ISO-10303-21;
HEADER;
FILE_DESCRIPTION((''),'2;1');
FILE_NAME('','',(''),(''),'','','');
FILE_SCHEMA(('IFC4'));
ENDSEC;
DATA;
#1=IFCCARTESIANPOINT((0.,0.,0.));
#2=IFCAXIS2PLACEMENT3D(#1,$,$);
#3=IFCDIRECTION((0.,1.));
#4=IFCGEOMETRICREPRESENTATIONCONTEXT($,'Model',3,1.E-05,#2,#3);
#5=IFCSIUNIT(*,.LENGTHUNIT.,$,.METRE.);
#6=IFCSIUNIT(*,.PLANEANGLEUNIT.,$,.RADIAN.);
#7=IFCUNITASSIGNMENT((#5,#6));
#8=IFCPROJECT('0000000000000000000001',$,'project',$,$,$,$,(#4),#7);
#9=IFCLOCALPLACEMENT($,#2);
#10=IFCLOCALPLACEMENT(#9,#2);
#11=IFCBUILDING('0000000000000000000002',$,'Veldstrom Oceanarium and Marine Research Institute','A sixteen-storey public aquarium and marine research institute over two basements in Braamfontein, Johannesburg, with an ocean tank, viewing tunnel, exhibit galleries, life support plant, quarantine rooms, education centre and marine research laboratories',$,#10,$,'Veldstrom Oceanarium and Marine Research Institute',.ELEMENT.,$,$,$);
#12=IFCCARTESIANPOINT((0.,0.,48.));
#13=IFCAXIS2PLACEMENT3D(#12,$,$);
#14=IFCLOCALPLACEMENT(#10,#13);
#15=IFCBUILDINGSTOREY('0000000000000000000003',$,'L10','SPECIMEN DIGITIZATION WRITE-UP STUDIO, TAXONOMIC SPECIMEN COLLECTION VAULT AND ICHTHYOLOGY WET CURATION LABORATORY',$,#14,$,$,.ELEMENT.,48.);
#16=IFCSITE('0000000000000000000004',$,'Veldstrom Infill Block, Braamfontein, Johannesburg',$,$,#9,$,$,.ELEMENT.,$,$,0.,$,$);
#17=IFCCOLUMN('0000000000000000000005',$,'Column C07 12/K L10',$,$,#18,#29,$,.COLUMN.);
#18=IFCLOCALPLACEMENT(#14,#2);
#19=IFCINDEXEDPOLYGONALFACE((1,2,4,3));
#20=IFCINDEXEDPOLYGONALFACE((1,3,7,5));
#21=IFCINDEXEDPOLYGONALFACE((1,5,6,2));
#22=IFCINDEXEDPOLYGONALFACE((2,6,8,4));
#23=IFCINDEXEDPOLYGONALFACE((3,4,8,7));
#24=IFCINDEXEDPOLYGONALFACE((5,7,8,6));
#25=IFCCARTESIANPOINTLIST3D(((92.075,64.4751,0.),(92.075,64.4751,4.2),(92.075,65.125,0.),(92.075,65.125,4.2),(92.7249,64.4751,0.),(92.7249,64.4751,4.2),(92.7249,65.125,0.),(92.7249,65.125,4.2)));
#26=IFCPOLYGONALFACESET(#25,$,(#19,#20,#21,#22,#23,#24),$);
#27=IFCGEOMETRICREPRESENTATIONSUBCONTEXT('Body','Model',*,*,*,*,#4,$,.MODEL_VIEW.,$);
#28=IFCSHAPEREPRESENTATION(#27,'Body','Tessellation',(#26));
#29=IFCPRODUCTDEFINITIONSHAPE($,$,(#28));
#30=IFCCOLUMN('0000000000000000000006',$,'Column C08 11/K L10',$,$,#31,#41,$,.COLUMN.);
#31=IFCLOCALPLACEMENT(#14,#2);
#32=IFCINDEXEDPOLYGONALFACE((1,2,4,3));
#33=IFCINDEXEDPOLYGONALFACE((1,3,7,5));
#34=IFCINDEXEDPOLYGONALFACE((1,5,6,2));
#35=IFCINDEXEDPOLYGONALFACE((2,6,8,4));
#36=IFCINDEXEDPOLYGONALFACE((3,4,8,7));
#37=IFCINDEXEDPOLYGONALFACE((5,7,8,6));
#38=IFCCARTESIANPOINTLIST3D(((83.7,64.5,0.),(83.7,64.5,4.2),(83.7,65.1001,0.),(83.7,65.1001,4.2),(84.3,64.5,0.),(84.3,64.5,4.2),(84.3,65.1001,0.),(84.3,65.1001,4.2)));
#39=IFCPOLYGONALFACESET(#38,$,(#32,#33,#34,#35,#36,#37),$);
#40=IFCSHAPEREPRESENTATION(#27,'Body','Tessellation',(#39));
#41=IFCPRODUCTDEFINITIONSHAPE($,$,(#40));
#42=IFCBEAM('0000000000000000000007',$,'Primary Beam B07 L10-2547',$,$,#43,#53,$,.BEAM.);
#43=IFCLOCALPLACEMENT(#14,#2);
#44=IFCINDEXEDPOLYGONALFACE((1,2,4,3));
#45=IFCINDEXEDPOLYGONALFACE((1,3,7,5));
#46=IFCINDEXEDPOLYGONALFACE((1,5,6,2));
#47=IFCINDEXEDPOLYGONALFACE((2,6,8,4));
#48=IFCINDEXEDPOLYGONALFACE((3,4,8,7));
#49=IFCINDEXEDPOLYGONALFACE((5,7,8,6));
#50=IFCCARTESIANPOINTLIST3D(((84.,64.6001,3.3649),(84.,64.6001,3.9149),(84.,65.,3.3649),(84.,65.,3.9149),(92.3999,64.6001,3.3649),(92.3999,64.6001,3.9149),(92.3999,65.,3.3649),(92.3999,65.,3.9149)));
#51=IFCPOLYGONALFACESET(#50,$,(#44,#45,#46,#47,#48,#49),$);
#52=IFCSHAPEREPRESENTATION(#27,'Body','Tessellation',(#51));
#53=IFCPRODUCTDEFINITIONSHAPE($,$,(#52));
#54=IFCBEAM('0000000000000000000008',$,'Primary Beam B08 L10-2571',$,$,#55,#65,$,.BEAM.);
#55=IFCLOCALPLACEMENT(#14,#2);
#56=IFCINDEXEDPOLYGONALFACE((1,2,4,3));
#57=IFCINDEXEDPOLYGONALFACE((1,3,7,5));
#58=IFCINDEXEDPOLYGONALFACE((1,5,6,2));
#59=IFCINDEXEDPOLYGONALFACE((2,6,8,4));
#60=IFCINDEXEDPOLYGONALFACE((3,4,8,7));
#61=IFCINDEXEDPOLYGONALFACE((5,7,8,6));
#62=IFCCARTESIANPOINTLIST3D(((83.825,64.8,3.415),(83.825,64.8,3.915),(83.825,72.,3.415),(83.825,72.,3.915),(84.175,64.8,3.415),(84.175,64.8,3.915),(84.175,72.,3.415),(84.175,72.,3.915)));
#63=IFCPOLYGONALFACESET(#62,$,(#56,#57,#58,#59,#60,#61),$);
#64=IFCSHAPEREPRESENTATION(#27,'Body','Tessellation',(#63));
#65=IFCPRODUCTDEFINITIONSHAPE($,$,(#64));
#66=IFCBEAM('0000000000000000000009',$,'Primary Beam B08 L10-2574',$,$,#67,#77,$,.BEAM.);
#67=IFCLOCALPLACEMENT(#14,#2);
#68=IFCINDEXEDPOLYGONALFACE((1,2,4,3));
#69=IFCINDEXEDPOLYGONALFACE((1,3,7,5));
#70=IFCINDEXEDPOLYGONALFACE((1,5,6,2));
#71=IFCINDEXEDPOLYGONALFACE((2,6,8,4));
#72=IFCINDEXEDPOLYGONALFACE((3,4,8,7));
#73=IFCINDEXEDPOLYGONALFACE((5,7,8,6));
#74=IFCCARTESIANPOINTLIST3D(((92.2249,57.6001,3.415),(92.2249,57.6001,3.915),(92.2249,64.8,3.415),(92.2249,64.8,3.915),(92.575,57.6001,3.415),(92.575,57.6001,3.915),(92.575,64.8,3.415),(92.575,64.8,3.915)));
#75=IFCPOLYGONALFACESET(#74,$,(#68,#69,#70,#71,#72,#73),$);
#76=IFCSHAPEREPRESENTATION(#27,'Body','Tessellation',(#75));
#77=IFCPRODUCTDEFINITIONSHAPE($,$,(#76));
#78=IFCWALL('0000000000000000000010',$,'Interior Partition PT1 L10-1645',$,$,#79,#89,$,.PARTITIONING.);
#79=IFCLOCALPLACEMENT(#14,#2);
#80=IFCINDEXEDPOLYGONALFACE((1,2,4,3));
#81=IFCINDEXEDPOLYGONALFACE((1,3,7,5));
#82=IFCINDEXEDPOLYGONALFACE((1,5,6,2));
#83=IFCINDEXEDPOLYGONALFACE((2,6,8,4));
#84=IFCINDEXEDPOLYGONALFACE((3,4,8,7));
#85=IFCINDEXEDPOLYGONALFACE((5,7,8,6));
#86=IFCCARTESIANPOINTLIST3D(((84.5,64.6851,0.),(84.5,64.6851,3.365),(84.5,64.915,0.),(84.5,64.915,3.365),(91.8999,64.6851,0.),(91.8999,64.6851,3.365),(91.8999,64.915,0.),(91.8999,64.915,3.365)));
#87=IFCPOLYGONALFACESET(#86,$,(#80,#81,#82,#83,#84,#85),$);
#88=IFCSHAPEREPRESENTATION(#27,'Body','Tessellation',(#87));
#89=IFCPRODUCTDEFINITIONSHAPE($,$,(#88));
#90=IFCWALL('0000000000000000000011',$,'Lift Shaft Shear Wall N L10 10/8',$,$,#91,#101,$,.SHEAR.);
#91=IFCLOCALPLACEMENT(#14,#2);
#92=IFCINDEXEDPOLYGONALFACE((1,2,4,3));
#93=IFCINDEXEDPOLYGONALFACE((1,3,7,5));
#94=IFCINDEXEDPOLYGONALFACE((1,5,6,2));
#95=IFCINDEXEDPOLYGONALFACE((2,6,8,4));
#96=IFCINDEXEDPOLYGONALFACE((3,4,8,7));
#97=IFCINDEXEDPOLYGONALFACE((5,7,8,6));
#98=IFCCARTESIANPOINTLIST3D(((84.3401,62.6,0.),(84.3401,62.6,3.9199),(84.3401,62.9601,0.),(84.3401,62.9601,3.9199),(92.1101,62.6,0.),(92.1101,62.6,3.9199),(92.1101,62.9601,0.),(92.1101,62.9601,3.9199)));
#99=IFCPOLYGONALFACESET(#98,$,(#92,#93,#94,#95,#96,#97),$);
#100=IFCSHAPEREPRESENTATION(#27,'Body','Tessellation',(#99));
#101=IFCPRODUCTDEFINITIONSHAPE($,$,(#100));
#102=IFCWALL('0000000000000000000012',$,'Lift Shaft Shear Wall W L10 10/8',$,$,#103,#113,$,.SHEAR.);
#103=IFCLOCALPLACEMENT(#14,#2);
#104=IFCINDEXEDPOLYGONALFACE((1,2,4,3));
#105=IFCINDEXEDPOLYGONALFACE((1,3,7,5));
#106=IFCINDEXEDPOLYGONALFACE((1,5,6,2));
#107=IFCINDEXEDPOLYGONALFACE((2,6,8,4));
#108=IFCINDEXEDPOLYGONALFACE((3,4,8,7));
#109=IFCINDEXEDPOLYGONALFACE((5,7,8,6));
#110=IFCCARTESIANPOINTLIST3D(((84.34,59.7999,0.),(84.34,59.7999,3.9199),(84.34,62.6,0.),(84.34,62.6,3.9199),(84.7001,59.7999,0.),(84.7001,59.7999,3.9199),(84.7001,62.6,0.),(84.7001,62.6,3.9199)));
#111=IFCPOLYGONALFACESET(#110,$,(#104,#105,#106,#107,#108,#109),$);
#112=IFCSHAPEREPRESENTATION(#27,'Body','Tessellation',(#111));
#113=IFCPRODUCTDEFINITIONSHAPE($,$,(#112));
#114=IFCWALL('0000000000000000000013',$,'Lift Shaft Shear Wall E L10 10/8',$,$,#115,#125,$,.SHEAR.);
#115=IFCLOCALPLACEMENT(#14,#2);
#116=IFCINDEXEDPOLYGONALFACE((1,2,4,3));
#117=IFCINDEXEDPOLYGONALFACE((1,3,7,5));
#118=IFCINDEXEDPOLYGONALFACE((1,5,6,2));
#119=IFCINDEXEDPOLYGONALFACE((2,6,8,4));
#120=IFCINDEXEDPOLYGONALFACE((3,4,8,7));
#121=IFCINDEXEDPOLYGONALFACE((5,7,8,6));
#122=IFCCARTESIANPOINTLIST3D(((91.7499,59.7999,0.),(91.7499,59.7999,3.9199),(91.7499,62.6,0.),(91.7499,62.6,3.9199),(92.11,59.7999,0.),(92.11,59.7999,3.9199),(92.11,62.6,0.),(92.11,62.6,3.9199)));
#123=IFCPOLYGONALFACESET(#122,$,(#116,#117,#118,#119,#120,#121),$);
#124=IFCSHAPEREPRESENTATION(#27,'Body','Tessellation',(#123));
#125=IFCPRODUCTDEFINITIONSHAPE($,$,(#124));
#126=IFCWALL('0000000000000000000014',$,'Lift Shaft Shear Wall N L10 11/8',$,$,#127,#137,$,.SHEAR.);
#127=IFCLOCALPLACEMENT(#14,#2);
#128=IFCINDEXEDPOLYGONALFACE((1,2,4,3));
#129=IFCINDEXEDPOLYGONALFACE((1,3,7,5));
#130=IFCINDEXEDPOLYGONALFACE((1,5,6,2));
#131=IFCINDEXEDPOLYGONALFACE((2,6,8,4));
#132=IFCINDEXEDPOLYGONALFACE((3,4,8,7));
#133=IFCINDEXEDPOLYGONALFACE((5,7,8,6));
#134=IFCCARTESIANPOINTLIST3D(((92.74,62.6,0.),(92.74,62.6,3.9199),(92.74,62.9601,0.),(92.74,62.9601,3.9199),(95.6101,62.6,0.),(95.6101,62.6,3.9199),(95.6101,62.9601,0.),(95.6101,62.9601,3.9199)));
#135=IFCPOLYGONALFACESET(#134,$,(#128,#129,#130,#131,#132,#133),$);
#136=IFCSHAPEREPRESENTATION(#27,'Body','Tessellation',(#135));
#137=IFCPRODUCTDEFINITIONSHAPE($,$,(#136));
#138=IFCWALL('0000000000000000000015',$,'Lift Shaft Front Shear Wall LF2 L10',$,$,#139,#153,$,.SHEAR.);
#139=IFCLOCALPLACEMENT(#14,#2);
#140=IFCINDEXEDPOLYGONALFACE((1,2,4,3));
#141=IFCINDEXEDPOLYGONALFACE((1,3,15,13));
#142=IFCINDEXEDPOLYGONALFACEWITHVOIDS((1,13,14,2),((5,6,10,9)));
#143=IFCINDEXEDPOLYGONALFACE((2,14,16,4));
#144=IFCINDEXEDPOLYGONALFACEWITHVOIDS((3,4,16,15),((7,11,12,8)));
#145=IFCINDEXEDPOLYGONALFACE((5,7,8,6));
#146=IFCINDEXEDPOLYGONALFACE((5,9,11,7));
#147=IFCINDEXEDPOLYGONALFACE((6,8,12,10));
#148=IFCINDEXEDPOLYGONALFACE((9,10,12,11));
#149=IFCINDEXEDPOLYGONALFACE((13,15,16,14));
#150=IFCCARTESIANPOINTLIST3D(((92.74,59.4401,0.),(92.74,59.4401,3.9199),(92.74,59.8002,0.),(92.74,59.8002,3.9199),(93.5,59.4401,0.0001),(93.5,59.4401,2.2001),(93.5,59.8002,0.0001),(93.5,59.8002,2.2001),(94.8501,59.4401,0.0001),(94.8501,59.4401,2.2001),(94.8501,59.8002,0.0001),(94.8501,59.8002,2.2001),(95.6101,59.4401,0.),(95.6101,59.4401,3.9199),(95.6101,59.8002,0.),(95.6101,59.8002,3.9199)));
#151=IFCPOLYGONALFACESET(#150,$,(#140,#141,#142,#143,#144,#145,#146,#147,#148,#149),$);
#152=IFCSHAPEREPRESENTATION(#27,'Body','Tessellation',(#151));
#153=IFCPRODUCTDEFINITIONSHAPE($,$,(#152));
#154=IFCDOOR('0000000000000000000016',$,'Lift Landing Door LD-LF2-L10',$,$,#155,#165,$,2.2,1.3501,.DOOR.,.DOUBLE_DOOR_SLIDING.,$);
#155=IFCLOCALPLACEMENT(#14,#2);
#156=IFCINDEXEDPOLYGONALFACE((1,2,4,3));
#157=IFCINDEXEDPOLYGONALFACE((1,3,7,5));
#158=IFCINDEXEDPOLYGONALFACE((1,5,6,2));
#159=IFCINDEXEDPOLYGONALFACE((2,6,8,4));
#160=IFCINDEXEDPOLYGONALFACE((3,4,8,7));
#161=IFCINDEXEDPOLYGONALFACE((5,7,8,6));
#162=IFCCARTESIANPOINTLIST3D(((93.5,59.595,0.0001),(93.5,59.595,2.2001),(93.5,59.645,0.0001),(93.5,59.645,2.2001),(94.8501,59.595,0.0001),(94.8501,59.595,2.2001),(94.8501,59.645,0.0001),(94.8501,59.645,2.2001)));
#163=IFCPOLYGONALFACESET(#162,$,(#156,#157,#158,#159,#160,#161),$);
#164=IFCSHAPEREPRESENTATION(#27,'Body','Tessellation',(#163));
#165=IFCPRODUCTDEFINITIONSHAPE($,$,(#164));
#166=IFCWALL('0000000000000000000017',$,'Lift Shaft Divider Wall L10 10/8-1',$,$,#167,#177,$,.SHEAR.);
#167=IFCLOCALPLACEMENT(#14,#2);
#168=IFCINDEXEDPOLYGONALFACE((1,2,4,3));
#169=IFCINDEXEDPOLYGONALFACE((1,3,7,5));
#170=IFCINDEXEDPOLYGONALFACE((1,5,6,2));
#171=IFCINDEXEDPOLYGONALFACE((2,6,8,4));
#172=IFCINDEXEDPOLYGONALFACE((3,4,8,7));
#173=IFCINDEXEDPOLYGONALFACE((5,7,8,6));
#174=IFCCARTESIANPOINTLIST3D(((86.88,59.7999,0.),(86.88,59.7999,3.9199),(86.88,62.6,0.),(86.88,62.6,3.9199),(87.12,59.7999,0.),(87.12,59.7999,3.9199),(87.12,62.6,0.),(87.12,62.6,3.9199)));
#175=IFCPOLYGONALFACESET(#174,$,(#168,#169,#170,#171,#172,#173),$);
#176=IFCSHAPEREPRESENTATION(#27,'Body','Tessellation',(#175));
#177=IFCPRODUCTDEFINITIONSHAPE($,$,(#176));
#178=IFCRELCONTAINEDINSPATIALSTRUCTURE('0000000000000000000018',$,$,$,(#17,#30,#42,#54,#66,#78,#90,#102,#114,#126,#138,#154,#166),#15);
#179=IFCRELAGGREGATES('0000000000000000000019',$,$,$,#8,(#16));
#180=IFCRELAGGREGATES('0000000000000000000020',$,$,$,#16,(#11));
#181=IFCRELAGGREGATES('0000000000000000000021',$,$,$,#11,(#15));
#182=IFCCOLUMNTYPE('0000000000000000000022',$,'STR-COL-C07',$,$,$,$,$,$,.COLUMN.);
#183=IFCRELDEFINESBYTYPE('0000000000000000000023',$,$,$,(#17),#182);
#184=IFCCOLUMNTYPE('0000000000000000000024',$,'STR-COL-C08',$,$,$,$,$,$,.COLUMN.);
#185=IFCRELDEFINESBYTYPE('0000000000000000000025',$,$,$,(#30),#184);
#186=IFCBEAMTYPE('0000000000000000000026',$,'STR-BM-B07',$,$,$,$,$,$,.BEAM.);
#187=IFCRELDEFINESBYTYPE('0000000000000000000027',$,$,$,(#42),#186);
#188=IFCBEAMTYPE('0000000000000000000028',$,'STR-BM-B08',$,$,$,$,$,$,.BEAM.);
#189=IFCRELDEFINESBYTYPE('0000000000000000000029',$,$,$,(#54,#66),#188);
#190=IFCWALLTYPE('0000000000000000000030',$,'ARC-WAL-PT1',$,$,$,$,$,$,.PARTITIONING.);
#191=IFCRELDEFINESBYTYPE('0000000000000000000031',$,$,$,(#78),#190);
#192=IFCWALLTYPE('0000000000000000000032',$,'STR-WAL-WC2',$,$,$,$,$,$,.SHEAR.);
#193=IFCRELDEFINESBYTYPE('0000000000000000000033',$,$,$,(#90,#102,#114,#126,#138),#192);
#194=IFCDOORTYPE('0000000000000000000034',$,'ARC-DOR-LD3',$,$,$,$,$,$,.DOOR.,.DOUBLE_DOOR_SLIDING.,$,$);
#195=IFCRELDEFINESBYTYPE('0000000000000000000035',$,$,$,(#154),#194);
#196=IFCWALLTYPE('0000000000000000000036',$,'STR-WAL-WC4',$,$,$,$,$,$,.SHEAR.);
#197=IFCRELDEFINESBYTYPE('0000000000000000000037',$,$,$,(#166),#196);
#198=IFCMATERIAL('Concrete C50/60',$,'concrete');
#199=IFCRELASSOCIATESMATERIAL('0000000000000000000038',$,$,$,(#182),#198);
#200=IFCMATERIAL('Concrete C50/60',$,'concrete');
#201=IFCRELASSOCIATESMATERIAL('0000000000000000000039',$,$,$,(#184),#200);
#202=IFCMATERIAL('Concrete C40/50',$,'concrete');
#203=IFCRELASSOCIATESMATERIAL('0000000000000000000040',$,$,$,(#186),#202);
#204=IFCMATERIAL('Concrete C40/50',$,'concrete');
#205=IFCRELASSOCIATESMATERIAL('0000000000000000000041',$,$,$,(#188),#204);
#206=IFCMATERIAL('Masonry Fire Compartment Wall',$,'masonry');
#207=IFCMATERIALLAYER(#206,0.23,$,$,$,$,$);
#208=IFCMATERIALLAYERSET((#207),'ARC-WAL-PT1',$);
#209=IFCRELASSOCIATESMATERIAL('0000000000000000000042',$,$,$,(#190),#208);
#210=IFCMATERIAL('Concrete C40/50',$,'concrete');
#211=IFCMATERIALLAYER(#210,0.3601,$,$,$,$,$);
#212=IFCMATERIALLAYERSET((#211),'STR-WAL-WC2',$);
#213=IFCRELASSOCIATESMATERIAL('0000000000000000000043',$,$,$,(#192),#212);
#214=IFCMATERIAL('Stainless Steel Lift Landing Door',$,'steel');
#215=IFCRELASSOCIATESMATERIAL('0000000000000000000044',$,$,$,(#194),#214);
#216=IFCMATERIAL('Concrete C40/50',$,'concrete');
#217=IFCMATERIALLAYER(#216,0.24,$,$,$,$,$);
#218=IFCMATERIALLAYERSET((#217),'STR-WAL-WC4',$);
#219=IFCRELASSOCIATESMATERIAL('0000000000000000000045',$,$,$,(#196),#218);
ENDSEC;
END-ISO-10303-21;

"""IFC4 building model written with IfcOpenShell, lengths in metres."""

from ifc_helpers import new_model, si_unit, direction, frame, frame_2d, origin, origin_2d, place, context, subcontext, project, spatial, rectangle, extrude, material, layer, layer_set, material_profile, profile_set, type_object, element, fill, save


model = new_model("IFC4")

# Units and contexts
model_context = context("Model", 3, precision=1e-05, world=origin(), true_north=direction((0.0, 1.0)))
body_context = subcontext(model_context, "Body", "Model", "MODEL_VIEW")
ifc_project = project(units=[si_unit("LENGTHUNIT", "METRE"), si_unit("PLANEANGLEUNIT", "RADIAN")], contexts=[model_context])

# Site, building, storey
site_placement = place(None, origin())
site = spatial("IfcSite", under=ifc_project, at=site_placement, Name="Veldstrom Infill Block, Braamfontein, Johannesburg", CompositionType="ELEMENT", RefElevation=0.0)
building_placement = place(site_placement, origin())
building = spatial("IfcBuilding", under=site, at=building_placement, Name="Veldstrom Oceanarium and Marine Research Institute", Description="A sixteen-storey public aquarium and marine research institute over two basements in Braamfontein, Johannesburg, with an ocean tank, viewing tunnel, exhibit galleries, life support plant, quarantine rooms, education centre and marine research laboratories", LongName="Veldstrom Oceanarium and Marine Research Institute", CompositionType="ELEMENT")
storey_placement = place(building_placement, frame((0.0, 0.0, 48.0)))
storey = spatial("IfcBuildingStorey", under=building, at=storey_placement, Name="L10", Description="SPECIMEN DIGITIZATION WRITE-UP STUDIO, TAXONOMIC SPECIMEN COLLECTION VAULT AND ICHTHYOLOGY WET CURATION LABORATORY", CompositionType="ELEMENT", Elevation=48.0)

# Columns
ifc_material_1 = material(Name="Concrete C50/60", Category="concrete")
ifc_material_profile_1 = material_profile(ifc_material_1, rectangle(XDim=0.6499, YDim=0.6499, at=origin_2d()), Name="RC-COL-650x650")
ifc_profile_set_1 = profile_set([ifc_material_profile_1], Name="Concrete C50/60")
column_type_1 = type_object("IfcColumnType", Name="STR-COL-C07", PredefinedType="COLUMN", material=ifc_profile_set_1)
column_1_placement = place(storey_placement, frame((92.3999, 64.8, 0.0), z_axis=(0.0, 0.0, 1.0), x_axis=(1.0, 0.0, 0.0)))
element("IfcColumn", 1, at=column_1_placement, inside=storey, type_object=column_type_1, Name="Column C07 12/K L10", PredefinedType="COLUMN", context=body_context, shape_type="SweptSolid", body=[
    extrude(rectangle(XDim=0.6499, YDim=0.6499, at=origin_2d()), origin(), (0.0, 0.0, 1.0), 4.2),
])
ifc_material_2 = material(Name="Concrete C50/60", Category="concrete")
ifc_material_profile_2 = material_profile(ifc_material_2, rectangle(XDim=0.6001, YDim=0.6001, at=origin_2d()), Name="RC-COL-600x600")
ifc_profile_set_2 = profile_set([ifc_material_profile_2], Name="Concrete C50/60")
column_type_2 = type_object("IfcColumnType", Name="STR-COL-C08", PredefinedType="COLUMN", material=ifc_profile_set_2)
column_2_placement = place(storey_placement, frame((84.0, 64.8, 0.0), z_axis=(0.0, 0.0, 1.0), x_axis=(1.0, 0.0, 0.0)))
element("IfcColumn", 2, at=column_2_placement, inside=storey, type_object=column_type_2, Name="Column C08 11/K L10", PredefinedType="COLUMN", context=body_context, shape_type="SweptSolid", body=[
    extrude(rectangle(XDim=0.6001, YDim=0.6001, at=origin_2d()), origin(), (0.0, 0.0, 1.0), 4.2),
])

# Beams
ifc_material_3 = material(Name="Concrete C40/50", Category="concrete")
ifc_material_profile_3 = material_profile(ifc_material_3, rectangle(XDim=0.3999, YDim=0.55, at=origin_2d()), Name="RC-BM-400x550")
ifc_profile_set_3 = profile_set([ifc_material_profile_3], Name="Concrete C40/50")
beam_type_1 = type_object("IfcBeamType", Name="STR-BM-B07", PredefinedType="BEAM", material=ifc_profile_set_3)
beam_placement = place(storey_placement, frame((84.0, 64.8, 3.6399), z_axis=(1.0, 0.0, 0.0), x_axis=(0.0, 1.0, 0.0)))
element("IfcBeam", 3, at=beam_placement, inside=storey, type_object=beam_type_1, Name="Primary Beam B07 L10-2547", PredefinedType="BEAM", context=body_context, shape_type="SweptSolid", body=[
    extrude(rectangle(XDim=0.3999, YDim=0.55, at=origin_2d()), origin(), (0.0, 0.0, 1.0), 8.3999),
])
ifc_material_4 = material(Name="Concrete C40/50", Category="concrete")
ifc_material_profile_4 = material_profile(ifc_material_4, rectangle(XDim=0.3501, YDim=0.5, at=origin_2d()), Name="RC-BM-350x500")
ifc_profile_set_4 = profile_set([ifc_material_profile_4], Name="Concrete C40/50")
beam_type_2 = type_object("IfcBeamType", Name="STR-BM-B08", PredefinedType="BEAM", material=ifc_profile_set_4)
for number, where, z_axis, x_axis, name in (
    (4, (84.0, 64.8, 3.665), (0.0, 1.0, 0.0), (-1.0, 0.0, 0.0), "Primary Beam B08 L10-2571"),
    (5, (92.3999, 57.6001, 3.665), (0.0, 1.0, 0.0), (-1.0, 0.0, 0.0), "Primary Beam B08 L10-2574"),
):
    element("IfcBeam", number, at=place(storey_placement, frame(where, z_axis=z_axis, x_axis=x_axis)), inside=storey, type_object=beam_type_2, Name=name, PredefinedType="BEAM", context=body_context, shape_type="SweptSolid", body=[
        extrude(rectangle(XDim=0.3501, YDim=0.5, at=origin_2d()), origin(), (0.0, 0.0, 1.0), 7.2),
    ])

# Shared definitions
ifc_material_5 = material(Name="Masonry Fire Compartment Wall", Category="masonry")
ifc_layer_1 = layer(ifc_material_5, 0.23)
ifc_layer_set_1 = layer_set([ifc_layer_1], Name="ARC-WAL-PT1")
wall_type_1 = type_object("IfcWallType", Name="ARC-WAL-PT1", PredefinedType="PARTITIONING", material=ifc_layer_set_1)

# Walls
wall_1_placement = place(storey_placement, frame((84.5, 64.8, 0.0), z_axis=(0.0, 0.0, 1.0), x_axis=(1.0, 0.0, 0.0)))
element("IfcWall", 6, at=wall_1_placement, inside=storey, type_object=wall_type_1, Name="Interior Partition PT1 L10-1645", PredefinedType="PARTITIONING", context=body_context, shape_type="SweptSolid", body=[
    extrude(rectangle(XDim=7.3999, YDim=0.23, at=frame_2d((3.7, 0.0))), origin(), (0.0, 0.0, 1.0), 3.365),
])
ifc_material_6 = material(Name="Concrete C40/50", Category="concrete")
ifc_layer_2 = layer(ifc_material_6, 0.3601)
ifc_layer_set_2 = layer_set([ifc_layer_2], Name="STR-WAL-WC2")
wall_type_2 = type_object("IfcWallType", Name="STR-WAL-WC2", PredefinedType="SHEAR", material=ifc_layer_set_2)
wall_2_placement = place(storey_placement, frame((84.3401, 62.78, 0.0), z_axis=(0.0, 0.0, 1.0), x_axis=(1.0, 0.0, 0.0)))
element("IfcWall", 7, at=wall_2_placement, inside=storey, type_object=wall_type_2, Name="Lift Shaft Shear Wall N L10 10/8", PredefinedType="SHEAR", context=body_context, shape_type="SweptSolid", body=[
    extrude(rectangle(XDim=7.77, YDim=0.3601, at=frame_2d((3.885, 0.0))), origin(), (0.0, 0.0, 1.0), 3.9199),
])

# Walls
for number, where, z_axis, x_axis, name in (
    (8, (84.52, 59.8, 0.0), (0.0, 0.0, 1.0), (0.0, 1.0, 0.0), "Lift Shaft Shear Wall W L10 10/8"),
    (9, (91.9299, 59.8, 0.0), (0.0, 0.0, 1.0), (0.0, 1.0, 0.0), "Lift Shaft Shear Wall E L10 10/8"),
):
    element("IfcWall", number, at=place(storey_placement, frame(where, z_axis=z_axis, x_axis=x_axis)), inside=storey, type_object=wall_type_2, Name=name, PredefinedType="SHEAR", context=body_context, shape_type="SweptSolid", body=[
        extrude(rectangle(XDim=2.8, YDim=0.3601, at=frame_2d((1.3999, 0.0))), origin(), (0.0, 0.0, 1.0), 3.9199),
    ])
wall_3_placement = place(storey_placement, frame((92.74, 62.78, 0.0), z_axis=(0.0, 0.0, 1.0), x_axis=(1.0, 0.0, 0.0)))
element("IfcWall", 10, at=wall_3_placement, inside=storey, type_object=wall_type_2, Name="Lift Shaft Shear Wall N L10 11/8", PredefinedType="SHEAR", context=body_context, shape_type="SweptSolid", body=[
    extrude(rectangle(XDim=2.8701, YDim=0.3601, at=frame_2d((1.4351, 0.0))), origin(), (0.0, 0.0, 1.0), 3.9199),
])

# Wall, opening, door
wall_4_placement = place(storey_placement, frame((92.74, 59.6201, 0.0), z_axis=(0.0, 0.0, 1.0), x_axis=(1.0, 0.0, 0.0)))
wall_4 = element("IfcWall", 11, at=wall_4_placement, inside=storey, type_object=wall_type_2, Name="Lift Shaft Front Shear Wall LF2 L10", PredefinedType="SHEAR", context=body_context, shape_type="SweptSolid", body=[
    extrude(rectangle(XDim=2.8701, YDim=0.3601, at=frame_2d((1.4351, 0.0))), origin(), (0.0, 0.0, 1.0), 3.9199),
])
opening_1_placement = place(wall_4_placement, frame((0.76, 0.0, 0.0)))
opening_1 = element("IfcOpeningElement", 12, at=opening_1_placement, cuts=wall_4, PredefinedType="OPENING", context=body_context, shape_type="SweptSolid", body=[
    extrude(rectangle(XDim=1.3501, YDim=2.2, at=frame_2d((0.675, 1.1001))), frame((0.0, 0.1899, 0.0), z_axis=(0.0, -1.0, 0.0), x_axis=(1.0, 0.0, 0.0)), (0.0, 0.0, 1.0), 0.3801),
])
ifc_material_7 = material(Name="Stainless Steel Lift Landing Door", Category="steel")
door_type_1 = type_object("IfcDoorType", Name="ARC-DOR-LD3", OperationType="DOUBLE_DOOR_SLIDING", PredefinedType="DOOR", material=ifc_material_7)
door_1_placement = place(opening_1_placement, origin())
door_1 = element("IfcDoor", 13, at=door_1_placement, inside=storey, type_object=door_type_1, Name="Lift Landing Door LD-LF2-L10", OperationType="DOUBLE_DOOR_SLIDING", OverallHeight=2.2, OverallWidth=1.3501, PredefinedType="DOOR", context=body_context, shape_type="SweptSolid", body=[
    extrude(rectangle(XDim=1.3501, YDim=2.2, at=frame_2d((0.675, 1.1001))), frame((0.0, 0.0249, 0.0), z_axis=(0.0, -1.0, 0.0), x_axis=(1.0, 0.0, 0.0)), (0.0, 0.0, 1.0), 0.05),
])
fill(opening_1, door_1)

# Wall
ifc_material_8 = material(Name="Concrete C40/50", Category="concrete")
ifc_layer_3 = layer(ifc_material_8, 0.24)
ifc_layer_set_3 = layer_set([ifc_layer_3], Name="STR-WAL-WC4")
wall_type_3 = type_object("IfcWallType", Name="STR-WAL-WC4", PredefinedType="SHEAR", material=ifc_layer_set_3)
for number, where, z_axis, x_axis, name in (
    (14, (87.0, 59.8, 0.0), (0.0, 0.0, 1.0), (0.0, 1.0, 0.0), "Lift Shaft Divider Wall L10 10/8-1"),
):
    element("IfcWall", number, at=place(storey_placement, frame(where, z_axis=z_axis, x_axis=x_axis)), inside=storey, type_object=wall_type_3, Name=name, PredefinedType="SHEAR", context=body_context, shape_type="SweptSolid", body=[
        extrude(rectangle(XDim=2.8, YDim=0.24, at=frame_2d((1.3999, 0.0))), origin(), (0.0, 0.0, 1.0), 3.9199),
    ])

save(model, "model.ifc")
